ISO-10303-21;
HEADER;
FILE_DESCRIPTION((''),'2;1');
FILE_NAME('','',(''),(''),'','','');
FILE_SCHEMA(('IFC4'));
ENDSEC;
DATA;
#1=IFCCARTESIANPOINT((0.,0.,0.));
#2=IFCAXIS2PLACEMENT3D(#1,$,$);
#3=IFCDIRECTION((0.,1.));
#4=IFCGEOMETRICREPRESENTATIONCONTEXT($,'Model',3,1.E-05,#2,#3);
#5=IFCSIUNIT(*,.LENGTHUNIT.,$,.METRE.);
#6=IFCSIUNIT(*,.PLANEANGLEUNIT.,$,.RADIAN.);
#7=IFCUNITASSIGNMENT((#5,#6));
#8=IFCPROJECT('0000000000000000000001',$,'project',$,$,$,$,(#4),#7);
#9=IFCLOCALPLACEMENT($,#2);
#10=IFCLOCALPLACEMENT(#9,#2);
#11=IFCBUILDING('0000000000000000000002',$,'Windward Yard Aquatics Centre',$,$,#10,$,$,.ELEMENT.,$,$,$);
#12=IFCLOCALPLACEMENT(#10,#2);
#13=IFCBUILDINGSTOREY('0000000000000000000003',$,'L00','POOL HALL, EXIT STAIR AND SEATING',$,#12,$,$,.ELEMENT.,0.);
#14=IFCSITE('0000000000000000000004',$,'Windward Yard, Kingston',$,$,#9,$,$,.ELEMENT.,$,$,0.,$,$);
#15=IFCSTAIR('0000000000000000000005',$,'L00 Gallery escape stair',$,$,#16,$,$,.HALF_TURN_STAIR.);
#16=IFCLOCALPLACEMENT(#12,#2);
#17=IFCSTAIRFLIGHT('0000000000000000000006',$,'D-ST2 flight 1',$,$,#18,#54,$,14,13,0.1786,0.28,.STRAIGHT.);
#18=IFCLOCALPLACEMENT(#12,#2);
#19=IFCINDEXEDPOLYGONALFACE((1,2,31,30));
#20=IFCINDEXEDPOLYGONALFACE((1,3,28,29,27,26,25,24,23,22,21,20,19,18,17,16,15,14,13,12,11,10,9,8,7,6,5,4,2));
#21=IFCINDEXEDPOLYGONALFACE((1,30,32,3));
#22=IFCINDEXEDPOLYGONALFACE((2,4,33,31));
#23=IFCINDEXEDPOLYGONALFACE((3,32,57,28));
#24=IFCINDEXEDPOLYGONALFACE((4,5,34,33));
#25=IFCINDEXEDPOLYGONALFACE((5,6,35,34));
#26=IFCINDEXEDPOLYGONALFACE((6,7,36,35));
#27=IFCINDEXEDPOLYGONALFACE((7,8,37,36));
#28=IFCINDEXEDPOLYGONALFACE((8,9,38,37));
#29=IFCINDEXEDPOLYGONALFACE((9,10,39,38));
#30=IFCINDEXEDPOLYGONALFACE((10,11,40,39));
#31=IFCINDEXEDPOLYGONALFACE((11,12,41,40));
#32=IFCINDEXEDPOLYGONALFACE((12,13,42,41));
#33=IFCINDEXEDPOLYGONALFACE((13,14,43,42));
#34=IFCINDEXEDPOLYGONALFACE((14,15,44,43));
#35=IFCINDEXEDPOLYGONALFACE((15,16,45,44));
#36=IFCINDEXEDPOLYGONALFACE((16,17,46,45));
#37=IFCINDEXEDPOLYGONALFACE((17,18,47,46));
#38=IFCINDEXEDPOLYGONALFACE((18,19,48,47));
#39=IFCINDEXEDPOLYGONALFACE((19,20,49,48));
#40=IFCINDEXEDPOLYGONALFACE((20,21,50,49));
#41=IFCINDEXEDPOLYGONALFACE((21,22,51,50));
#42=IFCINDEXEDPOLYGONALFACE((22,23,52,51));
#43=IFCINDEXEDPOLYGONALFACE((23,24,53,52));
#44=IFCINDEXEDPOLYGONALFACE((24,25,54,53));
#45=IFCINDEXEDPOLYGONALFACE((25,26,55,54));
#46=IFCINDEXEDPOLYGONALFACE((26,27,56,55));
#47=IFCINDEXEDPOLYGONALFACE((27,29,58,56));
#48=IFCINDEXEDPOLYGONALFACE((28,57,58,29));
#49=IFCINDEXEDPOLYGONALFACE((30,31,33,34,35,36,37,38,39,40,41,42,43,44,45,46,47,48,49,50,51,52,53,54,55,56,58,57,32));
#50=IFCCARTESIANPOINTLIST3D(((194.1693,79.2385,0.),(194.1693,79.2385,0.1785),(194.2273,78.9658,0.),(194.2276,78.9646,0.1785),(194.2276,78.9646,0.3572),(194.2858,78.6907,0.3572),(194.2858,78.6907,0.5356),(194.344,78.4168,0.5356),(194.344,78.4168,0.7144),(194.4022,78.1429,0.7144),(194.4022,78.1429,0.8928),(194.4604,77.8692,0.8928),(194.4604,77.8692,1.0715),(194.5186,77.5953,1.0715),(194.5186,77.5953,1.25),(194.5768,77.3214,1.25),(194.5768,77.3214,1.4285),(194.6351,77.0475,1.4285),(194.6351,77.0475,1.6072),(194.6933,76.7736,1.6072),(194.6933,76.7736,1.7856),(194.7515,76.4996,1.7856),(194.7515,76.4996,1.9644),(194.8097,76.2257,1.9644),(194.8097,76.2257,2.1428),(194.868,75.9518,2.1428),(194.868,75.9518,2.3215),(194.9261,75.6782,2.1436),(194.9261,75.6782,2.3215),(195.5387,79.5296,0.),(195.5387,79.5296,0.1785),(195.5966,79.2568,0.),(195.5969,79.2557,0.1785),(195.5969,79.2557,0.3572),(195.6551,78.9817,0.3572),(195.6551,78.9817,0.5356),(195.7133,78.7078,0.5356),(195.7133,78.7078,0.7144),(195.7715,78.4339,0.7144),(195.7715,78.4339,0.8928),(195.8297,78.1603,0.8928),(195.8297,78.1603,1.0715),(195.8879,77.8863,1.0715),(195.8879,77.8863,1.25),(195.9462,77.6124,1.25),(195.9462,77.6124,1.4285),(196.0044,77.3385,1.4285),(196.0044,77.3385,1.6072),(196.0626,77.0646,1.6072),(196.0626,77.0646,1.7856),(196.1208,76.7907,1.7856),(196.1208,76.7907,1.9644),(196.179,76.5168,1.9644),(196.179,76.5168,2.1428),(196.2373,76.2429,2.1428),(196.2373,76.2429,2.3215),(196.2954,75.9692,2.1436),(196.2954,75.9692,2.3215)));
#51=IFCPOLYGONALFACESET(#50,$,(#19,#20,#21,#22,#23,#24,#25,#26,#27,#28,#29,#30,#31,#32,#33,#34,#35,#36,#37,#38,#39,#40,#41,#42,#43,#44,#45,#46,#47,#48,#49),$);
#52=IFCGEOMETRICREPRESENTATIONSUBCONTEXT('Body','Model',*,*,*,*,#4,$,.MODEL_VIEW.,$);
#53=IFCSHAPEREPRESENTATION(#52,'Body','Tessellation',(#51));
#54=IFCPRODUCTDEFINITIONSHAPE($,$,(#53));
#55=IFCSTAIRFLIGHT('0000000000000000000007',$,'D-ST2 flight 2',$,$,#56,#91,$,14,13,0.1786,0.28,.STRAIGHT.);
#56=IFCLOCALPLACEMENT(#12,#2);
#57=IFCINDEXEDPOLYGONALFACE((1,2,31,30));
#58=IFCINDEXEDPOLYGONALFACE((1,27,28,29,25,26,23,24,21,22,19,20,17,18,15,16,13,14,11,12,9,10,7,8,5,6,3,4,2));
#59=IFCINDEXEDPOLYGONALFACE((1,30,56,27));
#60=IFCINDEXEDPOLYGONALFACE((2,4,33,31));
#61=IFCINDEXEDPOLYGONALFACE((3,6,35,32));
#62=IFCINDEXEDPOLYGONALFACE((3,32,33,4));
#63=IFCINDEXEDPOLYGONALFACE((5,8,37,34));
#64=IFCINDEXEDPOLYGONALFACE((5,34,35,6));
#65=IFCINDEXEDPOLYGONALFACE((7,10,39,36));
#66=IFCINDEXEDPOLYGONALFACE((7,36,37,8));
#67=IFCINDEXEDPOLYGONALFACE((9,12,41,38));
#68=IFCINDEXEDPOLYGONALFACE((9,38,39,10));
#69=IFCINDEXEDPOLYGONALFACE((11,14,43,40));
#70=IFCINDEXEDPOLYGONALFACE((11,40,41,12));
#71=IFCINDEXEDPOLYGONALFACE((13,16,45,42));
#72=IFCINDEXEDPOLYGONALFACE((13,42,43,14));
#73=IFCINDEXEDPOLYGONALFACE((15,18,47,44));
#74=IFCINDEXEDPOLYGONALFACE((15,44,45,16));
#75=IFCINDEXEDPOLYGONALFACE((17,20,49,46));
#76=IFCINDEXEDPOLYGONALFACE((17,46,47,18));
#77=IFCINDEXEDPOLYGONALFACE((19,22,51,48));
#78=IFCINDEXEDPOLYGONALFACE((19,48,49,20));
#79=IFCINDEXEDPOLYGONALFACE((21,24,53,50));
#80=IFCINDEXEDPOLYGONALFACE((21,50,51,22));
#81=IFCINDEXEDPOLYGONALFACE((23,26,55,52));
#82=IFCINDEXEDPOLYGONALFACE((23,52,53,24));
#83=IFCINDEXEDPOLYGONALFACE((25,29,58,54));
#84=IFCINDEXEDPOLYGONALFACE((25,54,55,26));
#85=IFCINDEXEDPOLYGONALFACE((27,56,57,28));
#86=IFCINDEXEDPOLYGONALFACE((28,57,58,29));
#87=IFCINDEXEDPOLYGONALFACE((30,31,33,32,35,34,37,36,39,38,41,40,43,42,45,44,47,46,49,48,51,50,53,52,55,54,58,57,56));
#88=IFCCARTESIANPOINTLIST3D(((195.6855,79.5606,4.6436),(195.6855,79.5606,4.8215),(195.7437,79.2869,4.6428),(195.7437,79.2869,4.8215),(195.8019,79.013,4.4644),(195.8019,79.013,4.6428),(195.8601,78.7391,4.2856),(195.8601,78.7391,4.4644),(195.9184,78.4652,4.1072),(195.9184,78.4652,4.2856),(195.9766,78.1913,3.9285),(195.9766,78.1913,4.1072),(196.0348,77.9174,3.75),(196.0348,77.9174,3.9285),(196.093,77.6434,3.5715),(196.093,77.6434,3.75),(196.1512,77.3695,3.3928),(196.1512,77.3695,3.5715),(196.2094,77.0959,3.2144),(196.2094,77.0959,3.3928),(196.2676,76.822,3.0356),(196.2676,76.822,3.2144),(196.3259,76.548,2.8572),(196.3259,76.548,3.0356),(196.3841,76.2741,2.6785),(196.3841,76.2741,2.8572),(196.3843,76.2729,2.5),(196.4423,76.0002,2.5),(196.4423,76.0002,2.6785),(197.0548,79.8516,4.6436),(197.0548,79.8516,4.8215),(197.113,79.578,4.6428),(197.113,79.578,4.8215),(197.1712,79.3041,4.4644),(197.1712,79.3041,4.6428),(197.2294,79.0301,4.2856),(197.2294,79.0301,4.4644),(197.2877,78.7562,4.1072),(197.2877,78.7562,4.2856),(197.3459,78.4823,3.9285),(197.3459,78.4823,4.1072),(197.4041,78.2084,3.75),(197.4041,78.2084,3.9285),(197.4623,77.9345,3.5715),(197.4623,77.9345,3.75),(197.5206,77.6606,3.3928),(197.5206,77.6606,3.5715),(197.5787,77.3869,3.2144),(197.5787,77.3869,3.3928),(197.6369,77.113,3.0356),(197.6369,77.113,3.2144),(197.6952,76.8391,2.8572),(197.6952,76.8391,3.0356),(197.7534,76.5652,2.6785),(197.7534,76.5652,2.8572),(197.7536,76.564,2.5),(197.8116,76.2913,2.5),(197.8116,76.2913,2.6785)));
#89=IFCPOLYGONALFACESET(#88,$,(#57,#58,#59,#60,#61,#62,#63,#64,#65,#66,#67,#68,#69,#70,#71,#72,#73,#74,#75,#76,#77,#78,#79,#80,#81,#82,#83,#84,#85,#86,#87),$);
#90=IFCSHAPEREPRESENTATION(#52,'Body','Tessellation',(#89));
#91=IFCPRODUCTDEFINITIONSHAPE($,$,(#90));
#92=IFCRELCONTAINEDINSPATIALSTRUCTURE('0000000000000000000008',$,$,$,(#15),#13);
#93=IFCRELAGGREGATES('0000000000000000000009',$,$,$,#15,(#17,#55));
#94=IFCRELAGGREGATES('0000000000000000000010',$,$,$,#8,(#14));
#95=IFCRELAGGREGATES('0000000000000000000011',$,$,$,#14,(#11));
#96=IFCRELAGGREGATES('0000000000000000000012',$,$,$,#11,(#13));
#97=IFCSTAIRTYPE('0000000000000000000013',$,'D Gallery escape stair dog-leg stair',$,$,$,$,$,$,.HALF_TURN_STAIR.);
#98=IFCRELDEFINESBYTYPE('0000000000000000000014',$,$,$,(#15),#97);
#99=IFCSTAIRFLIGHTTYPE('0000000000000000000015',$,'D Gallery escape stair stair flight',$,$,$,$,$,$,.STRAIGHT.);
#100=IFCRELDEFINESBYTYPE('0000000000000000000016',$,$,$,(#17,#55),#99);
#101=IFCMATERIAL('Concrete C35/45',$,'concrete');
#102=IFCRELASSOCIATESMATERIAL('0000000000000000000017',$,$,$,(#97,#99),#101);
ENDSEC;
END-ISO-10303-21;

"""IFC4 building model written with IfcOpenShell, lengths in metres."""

from ifc_helpers import new_model, si_unit, direction, frame, origin, place, context, subcontext, project, spatial, polyline, outline, extrude, material, type_object, element, aggregate, save


model = new_model("IFC4")

# Units and contexts
model_context = context("Model", 3, precision=1e-05, world=origin(), true_north=direction((0.0, 1.0)))
body_context = subcontext(model_context, "Body", "Model", "MODEL_VIEW")
ifc_project = project(units=[si_unit("LENGTHUNIT", "METRE"), si_unit("PLANEANGLEUNIT", "RADIAN")], contexts=[model_context])

# Site, building, storey
site_placement = place(None, origin())
site = spatial("IfcSite", under=ifc_project, at=site_placement, Name="Windward Yard, Kingston", CompositionType="ELEMENT", RefElevation=0.0)
building_placement = place(site_placement, origin())
building = spatial("IfcBuilding", under=site, at=building_placement, Name="Windward Yard Aquatics Centre", CompositionType="ELEMENT")
storey_placement = place(building_placement, origin())
storey = spatial("IfcBuildingStorey", under=building, at=storey_placement, Name="L00", Description="POOL HALL, EXIT STAIR AND SEATING", CompositionType="ELEMENT", Elevation=0.0)

# Shared definitions
ifc_material_1 = material(Name="Concrete C35/45", Category="concrete")

# Stair, stair flights
stair_type = type_object("IfcStairType", Name="D Gallery escape stair dog-leg stair", PredefinedType="HALF_TURN_STAIR", material=ifc_material_1)
stair_placement = place(storey_placement, origin())
stair = element("IfcStair", 1, at=stair_placement, inside=storey, type_object=stair_type, Name="L00 Gallery escape stair", PredefinedType="HALF_TURN_STAIR")
stair_flight_type = type_object("IfcStairFlightType", Name="D Gallery escape stair stair flight", PredefinedType="STRAIGHT", material=ifc_material_1)
stair_flight_1_placement = place(storey_placement, frame((194.854, 79.384, 0.0), z_axis=(0.0, 0.0, 1.0), x_axis=(0.207912, -0.978148, 0.0)))
stair_flight_1 = element("IfcStairFlight", 2, at=stair_flight_1_placement, type_object=stair_flight_type, Name="D-ST2 flight 1", NumberOfRisers=14, NumberOfTreads=13, PredefinedType="STRAIGHT", RiserHeight=0.1786, TreadLength=0.28, context=body_context, shape_type="SweptSolid", body=[
    extrude(outline(polyline([(0.0, 0.0), (0.0, 0.1785), (0.28, 0.1785), (0.28, 0.3572), (0.5601, 0.3572), (0.5601, 0.5356), (0.8401, 0.5356), (0.8401, 0.7144), (1.1201, 0.7144), (1.1201, 0.8928), (1.3999, 0.8928), (1.3999, 1.0715), (1.6799, 1.0715), (1.6799, 1.25), (1.96, 1.25), (1.96, 1.4285), (2.24, 1.4285), (2.24, 1.6072), (2.52, 1.6072), (2.52, 1.7856), (2.8, 1.7856), (2.8, 1.9644), (3.0801, 1.9644), (3.0801, 2.1428), (3.3601, 2.1428), (3.3601, 2.3215), (3.6399, 2.3215), (3.6399, 2.5), (3.6399, 2.1436), (0.2788, 0.0), (0.0, 0.0)])), frame((0.0, 0.7, 0.0), z_axis=(0.0, -1.0, 0.0), x_axis=(1.0, 0.0, 0.0)), (0.0, 0.0, 1.0), 1.3999),
])
stair_flight_2_placement = place(storey_placement, frame((197.127, 76.1458, 2.5), z_axis=(0.0, 0.0, 1.0), x_axis=(-0.207912, 0.978148, 0.0)))
stair_flight_2 = element("IfcStairFlight", 3, at=stair_flight_2_placement, type_object=stair_flight_type, Name="D-ST2 flight 2", NumberOfRisers=14, NumberOfTreads=13, PredefinedType="STRAIGHT", RiserHeight=0.1786, TreadLength=0.28, context=body_context, shape_type="SweptSolid", body=[
    extrude(outline(polyline([(0.0, 0.0), (0.0, 0.1785), (0.28, 0.1785), (0.28, 0.3572), (0.5601, 0.3572), (0.5601, 0.5356), (0.8401, 0.5356), (0.8401, 0.7144), (1.1201, 0.7144), (1.1201, 0.8928), (1.3999, 0.8928), (1.3999, 1.0715), (1.6799, 1.0715), (1.6799, 1.25), (1.96, 1.25), (1.96, 1.4285), (2.24, 1.4285), (2.24, 1.6072), (2.52, 1.6072), (2.52, 1.7856), (2.8, 1.7856), (2.8, 1.9644), (3.0801, 1.9644), (3.0801, 2.1428), (3.3601, 2.1428), (3.3601, 2.3215), (3.6399, 2.3215), (3.6399, 2.5), (3.6399, 2.1436), (0.2788, 0.0), (0.0, 0.0)])), frame((0.0, 0.7, 0.0), z_axis=(0.0, -1.0, 0.0), x_axis=(1.0, 0.0, 0.0)), (0.0, 0.0, 1.0), 1.3999),
])
aggregate(stair, [stair_flight_1, stair_flight_2])

save(model, "model.ifc")
